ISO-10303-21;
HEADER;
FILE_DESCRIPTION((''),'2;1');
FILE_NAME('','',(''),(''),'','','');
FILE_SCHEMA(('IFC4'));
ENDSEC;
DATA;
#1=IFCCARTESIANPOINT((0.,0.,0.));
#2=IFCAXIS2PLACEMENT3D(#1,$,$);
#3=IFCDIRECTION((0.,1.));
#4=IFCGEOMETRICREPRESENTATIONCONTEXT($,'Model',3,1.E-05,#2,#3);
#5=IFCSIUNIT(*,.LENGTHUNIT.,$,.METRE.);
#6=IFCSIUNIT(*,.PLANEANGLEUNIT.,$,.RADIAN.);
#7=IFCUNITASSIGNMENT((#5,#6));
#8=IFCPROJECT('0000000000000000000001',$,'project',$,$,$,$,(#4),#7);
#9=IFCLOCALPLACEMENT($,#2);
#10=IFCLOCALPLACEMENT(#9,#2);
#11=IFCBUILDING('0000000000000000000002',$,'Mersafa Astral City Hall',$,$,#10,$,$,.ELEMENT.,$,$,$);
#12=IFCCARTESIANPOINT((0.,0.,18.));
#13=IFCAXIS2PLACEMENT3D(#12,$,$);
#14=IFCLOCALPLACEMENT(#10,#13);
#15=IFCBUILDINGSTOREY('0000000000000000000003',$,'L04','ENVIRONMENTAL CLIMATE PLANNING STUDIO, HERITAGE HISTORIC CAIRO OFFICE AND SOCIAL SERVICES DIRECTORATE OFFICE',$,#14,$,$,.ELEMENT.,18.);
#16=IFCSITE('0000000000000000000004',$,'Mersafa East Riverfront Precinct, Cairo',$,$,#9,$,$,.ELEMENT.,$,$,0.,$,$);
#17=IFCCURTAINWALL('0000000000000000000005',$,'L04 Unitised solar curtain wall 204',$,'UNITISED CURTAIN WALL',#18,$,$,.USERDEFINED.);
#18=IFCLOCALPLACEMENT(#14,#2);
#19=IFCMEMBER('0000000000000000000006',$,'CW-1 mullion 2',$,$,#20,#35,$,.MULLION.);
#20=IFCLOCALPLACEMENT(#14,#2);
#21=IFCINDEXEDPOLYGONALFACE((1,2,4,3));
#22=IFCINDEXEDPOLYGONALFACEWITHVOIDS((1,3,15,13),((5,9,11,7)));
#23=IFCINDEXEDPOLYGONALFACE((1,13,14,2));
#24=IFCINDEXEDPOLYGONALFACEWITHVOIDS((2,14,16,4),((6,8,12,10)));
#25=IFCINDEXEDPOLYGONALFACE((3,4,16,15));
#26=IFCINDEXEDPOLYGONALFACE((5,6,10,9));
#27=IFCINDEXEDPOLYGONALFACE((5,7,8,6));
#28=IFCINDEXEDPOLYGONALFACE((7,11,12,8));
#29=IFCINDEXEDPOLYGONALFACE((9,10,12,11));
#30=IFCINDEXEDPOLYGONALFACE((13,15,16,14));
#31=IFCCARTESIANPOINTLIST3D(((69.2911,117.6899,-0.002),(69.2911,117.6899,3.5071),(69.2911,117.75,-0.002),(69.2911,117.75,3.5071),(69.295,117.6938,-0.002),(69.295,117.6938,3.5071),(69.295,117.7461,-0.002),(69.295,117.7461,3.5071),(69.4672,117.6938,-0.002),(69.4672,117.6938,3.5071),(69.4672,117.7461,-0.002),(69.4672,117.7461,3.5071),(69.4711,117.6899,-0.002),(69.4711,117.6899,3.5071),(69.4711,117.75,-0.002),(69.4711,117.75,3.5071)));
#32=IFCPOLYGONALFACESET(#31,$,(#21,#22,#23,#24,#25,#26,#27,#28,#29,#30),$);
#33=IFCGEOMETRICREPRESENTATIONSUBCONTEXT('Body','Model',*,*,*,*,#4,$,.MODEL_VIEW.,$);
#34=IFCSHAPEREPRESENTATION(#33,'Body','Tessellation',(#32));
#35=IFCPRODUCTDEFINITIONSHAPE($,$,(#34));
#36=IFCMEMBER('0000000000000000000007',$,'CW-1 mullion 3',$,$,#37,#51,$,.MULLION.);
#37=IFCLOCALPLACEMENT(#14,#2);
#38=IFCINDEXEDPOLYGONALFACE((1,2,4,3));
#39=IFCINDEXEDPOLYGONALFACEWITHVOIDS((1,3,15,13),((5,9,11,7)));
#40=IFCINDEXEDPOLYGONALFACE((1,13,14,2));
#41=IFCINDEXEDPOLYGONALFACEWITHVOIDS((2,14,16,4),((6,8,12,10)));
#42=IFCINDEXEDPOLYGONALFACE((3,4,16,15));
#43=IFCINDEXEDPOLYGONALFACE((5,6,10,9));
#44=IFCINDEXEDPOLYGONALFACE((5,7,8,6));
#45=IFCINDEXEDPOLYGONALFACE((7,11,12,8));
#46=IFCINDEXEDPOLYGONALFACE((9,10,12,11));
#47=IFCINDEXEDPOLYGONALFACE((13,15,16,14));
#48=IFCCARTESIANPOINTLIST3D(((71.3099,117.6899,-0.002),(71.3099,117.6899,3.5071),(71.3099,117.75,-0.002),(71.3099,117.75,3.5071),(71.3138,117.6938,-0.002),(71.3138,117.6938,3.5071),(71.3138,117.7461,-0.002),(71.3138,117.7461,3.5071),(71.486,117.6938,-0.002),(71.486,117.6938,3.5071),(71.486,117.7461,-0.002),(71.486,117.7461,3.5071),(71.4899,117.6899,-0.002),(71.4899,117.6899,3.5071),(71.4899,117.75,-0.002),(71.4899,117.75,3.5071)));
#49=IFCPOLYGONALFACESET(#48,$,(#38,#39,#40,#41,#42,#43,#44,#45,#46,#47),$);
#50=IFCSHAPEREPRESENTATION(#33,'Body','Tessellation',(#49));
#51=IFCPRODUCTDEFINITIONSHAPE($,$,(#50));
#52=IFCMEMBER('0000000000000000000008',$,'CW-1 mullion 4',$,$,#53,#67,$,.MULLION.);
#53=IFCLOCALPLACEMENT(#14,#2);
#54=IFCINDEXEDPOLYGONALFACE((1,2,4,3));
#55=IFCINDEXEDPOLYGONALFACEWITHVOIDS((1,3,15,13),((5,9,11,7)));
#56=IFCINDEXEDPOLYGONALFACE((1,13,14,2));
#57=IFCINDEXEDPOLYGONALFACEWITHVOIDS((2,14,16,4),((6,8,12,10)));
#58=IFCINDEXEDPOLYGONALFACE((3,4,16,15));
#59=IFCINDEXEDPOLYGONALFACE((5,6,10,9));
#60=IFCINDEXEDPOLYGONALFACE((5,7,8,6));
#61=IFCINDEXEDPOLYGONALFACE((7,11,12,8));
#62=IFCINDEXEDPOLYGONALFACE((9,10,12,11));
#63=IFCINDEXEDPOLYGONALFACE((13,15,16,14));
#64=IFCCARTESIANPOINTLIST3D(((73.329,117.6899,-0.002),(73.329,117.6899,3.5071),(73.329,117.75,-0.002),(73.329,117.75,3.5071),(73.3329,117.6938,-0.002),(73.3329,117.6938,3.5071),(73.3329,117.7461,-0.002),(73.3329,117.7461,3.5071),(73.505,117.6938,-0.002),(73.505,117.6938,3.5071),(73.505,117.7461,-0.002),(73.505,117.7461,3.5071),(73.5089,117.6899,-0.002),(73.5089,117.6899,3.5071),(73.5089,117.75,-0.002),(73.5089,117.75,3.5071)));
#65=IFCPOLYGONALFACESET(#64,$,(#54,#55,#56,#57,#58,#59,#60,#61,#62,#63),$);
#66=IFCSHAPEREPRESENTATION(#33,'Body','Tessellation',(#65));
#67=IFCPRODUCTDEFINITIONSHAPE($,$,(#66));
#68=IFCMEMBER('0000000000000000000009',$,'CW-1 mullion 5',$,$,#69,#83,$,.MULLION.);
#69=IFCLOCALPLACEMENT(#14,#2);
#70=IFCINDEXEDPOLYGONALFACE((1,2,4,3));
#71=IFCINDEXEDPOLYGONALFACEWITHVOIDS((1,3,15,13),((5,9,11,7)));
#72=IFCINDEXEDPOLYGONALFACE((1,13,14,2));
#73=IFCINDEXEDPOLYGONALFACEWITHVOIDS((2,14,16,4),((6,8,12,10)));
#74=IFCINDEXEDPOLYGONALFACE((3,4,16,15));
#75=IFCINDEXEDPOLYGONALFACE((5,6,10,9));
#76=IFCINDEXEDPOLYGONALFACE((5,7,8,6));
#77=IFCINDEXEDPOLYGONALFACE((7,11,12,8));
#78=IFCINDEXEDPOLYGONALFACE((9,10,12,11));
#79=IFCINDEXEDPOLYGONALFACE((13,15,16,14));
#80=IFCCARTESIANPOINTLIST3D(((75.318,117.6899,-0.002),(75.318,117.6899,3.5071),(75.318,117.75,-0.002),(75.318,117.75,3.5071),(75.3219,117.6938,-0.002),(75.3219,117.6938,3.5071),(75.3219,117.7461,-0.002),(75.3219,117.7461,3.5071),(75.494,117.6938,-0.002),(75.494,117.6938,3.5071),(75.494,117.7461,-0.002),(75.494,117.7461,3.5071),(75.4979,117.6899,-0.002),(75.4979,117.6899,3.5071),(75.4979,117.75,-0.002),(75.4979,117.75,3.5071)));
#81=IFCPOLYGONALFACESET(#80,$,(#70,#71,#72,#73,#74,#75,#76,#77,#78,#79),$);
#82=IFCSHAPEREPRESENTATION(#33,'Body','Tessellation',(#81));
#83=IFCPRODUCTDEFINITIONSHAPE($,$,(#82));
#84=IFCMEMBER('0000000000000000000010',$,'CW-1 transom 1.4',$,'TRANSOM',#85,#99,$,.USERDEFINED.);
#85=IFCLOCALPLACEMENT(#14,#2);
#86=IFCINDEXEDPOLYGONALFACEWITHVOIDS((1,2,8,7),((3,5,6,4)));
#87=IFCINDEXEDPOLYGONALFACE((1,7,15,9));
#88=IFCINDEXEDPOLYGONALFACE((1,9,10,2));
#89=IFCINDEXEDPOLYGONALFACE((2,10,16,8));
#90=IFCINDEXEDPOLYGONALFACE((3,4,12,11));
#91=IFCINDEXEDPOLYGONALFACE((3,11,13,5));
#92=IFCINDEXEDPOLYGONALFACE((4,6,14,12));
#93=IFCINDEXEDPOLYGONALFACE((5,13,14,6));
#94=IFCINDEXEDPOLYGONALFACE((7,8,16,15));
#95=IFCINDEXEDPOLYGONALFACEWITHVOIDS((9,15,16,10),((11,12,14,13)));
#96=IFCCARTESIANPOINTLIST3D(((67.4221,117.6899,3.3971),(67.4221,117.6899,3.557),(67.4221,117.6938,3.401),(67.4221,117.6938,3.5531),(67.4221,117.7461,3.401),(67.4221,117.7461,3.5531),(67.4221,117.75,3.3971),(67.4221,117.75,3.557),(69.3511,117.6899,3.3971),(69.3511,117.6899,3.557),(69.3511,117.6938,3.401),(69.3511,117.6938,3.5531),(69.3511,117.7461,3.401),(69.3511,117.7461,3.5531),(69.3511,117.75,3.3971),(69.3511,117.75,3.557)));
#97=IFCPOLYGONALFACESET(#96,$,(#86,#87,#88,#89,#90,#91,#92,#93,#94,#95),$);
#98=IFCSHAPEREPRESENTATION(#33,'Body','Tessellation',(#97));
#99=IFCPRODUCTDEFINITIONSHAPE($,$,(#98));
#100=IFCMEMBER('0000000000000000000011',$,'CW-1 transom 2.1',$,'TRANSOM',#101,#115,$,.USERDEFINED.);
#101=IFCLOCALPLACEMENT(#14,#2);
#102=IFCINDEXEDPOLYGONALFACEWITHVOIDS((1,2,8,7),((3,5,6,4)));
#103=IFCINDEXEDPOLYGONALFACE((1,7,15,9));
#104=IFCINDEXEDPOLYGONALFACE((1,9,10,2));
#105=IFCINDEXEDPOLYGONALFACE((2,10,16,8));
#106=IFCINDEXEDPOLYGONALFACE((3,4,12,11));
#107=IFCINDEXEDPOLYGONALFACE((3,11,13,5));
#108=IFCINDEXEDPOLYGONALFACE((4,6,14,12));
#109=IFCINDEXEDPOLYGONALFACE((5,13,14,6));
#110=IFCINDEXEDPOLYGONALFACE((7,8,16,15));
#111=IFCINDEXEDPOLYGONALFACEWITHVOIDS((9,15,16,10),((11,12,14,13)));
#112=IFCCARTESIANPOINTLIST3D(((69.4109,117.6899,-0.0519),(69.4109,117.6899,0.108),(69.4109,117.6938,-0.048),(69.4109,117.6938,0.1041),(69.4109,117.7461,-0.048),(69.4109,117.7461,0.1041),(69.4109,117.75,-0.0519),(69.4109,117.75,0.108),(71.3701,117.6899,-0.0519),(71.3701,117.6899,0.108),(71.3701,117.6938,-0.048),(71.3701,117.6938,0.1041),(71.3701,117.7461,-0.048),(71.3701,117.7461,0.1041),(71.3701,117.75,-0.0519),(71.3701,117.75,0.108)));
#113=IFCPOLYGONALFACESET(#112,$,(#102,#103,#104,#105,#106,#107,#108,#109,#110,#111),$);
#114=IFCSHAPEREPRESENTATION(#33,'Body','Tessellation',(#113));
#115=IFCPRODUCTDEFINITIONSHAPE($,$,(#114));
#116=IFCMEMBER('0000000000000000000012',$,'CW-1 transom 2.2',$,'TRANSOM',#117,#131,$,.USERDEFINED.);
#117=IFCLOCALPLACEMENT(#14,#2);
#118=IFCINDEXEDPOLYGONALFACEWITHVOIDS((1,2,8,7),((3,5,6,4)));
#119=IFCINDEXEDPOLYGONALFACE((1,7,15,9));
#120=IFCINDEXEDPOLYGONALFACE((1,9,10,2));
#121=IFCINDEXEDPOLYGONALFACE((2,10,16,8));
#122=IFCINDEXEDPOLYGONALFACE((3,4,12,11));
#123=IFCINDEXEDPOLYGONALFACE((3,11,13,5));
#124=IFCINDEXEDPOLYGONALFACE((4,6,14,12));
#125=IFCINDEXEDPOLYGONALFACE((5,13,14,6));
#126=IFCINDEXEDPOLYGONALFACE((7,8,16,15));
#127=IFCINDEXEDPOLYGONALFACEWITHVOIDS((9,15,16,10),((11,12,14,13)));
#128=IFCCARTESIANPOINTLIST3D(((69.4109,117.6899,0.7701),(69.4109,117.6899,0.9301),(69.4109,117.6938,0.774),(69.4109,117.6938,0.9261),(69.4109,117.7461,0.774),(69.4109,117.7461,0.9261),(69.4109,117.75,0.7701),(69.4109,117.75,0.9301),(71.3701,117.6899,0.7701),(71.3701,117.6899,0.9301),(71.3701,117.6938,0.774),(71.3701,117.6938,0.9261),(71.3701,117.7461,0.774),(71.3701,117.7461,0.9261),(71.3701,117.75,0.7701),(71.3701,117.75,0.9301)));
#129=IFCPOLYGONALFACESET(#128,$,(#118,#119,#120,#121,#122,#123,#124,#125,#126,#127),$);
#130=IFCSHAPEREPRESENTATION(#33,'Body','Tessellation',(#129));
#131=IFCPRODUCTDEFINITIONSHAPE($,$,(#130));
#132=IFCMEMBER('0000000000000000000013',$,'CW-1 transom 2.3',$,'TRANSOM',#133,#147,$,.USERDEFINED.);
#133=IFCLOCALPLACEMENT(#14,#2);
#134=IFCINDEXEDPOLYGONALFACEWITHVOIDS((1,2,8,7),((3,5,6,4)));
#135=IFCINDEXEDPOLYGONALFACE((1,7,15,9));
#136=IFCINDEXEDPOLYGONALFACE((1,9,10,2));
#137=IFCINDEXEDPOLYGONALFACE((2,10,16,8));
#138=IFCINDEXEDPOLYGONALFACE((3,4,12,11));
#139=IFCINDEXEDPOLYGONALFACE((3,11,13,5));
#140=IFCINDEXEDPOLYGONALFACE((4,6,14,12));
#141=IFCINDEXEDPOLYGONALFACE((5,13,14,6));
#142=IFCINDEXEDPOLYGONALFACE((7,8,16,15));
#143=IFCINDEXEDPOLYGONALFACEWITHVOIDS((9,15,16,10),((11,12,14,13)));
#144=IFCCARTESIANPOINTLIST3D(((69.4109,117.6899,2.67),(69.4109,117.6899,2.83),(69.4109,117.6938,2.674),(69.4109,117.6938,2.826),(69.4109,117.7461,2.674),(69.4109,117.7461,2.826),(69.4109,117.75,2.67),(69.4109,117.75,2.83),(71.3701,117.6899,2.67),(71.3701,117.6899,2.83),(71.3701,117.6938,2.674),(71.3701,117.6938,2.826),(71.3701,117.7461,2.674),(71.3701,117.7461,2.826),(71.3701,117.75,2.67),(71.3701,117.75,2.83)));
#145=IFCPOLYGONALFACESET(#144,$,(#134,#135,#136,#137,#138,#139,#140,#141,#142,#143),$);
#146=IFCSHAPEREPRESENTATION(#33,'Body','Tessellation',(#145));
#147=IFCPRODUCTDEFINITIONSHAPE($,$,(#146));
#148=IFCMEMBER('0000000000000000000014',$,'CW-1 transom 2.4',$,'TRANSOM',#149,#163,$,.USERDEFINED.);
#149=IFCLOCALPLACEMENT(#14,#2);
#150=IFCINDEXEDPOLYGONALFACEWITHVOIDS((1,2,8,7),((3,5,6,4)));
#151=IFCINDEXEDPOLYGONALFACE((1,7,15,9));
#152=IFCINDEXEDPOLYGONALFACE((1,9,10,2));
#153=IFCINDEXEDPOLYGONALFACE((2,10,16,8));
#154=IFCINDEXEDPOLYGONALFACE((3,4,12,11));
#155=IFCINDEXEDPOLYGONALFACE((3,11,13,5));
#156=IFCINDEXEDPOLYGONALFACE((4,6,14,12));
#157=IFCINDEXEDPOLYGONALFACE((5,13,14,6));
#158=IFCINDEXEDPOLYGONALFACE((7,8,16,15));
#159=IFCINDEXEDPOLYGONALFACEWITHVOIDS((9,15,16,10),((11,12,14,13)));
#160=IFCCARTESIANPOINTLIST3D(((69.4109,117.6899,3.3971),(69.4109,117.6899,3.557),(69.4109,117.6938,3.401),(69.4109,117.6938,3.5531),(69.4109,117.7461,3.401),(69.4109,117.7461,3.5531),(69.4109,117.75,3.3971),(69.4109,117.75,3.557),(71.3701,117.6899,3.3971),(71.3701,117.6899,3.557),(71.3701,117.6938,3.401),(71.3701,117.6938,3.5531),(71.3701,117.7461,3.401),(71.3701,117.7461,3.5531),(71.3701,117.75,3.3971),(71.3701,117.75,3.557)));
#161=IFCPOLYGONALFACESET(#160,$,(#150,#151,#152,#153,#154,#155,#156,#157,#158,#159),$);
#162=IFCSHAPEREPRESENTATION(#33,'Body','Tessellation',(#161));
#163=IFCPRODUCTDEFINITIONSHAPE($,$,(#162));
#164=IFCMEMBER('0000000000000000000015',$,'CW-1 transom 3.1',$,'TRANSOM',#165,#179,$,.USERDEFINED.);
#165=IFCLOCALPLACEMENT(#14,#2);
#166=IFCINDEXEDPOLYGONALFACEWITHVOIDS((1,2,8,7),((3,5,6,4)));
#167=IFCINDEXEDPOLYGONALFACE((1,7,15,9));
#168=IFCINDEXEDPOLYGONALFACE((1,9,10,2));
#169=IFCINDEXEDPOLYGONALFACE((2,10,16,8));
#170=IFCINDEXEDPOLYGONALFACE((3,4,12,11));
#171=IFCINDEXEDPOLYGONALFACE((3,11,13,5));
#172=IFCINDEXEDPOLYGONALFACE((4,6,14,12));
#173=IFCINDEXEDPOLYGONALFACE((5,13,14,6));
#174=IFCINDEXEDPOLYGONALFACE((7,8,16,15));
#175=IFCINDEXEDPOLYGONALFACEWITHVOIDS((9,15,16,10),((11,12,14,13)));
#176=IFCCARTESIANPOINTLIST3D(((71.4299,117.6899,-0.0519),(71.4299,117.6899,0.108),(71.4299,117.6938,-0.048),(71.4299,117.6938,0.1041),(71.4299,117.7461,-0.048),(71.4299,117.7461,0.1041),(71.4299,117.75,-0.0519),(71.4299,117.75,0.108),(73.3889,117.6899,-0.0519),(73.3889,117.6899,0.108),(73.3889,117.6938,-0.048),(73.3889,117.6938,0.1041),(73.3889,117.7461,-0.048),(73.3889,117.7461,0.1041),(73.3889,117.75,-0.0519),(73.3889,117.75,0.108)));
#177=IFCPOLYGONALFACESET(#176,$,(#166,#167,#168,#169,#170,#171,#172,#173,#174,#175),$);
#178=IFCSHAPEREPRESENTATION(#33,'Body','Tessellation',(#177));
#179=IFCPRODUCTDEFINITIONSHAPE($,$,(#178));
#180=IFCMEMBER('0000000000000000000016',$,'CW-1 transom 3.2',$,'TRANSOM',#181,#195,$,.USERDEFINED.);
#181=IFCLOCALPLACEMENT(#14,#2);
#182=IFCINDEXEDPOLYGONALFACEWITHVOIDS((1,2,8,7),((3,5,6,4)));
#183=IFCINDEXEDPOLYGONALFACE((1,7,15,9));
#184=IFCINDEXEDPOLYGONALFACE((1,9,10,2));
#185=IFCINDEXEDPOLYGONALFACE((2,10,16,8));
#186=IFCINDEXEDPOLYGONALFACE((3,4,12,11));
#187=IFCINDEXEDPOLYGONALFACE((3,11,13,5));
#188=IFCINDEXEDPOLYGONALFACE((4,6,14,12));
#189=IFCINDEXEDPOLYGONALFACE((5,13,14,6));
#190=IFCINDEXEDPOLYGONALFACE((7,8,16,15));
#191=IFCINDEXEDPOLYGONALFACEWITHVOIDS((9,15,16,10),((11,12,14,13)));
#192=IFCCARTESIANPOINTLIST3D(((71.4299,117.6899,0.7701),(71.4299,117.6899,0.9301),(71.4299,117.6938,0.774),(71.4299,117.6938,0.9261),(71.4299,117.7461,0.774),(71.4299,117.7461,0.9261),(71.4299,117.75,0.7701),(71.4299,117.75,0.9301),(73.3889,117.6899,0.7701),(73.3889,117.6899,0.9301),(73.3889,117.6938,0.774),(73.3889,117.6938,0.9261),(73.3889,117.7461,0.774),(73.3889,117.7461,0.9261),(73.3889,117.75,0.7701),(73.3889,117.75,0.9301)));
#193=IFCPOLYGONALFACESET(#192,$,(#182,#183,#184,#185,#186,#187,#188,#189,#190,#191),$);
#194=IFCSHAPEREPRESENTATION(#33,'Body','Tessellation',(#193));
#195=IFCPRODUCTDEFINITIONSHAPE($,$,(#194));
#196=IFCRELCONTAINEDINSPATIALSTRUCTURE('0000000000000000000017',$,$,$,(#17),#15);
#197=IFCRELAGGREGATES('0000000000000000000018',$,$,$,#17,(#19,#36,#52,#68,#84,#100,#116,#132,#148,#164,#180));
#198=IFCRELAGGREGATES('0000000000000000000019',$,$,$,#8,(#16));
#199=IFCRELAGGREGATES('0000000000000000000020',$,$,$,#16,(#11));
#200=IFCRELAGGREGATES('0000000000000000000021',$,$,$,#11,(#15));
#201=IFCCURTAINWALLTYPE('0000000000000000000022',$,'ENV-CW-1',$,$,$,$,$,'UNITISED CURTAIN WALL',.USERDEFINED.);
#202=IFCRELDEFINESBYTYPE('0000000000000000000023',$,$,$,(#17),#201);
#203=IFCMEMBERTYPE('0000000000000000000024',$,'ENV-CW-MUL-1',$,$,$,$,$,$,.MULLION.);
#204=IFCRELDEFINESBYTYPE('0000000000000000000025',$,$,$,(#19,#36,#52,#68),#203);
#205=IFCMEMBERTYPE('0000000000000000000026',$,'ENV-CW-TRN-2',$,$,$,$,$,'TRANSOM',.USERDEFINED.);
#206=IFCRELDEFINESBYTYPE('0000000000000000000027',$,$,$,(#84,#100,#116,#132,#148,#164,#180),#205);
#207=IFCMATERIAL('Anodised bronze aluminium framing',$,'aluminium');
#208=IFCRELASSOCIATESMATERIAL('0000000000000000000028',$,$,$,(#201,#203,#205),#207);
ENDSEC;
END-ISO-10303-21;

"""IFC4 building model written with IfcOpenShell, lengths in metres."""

from ifc_helpers import new_model, si_unit, direction, frame, origin, origin_2d, place, context, subcontext, project, spatial, hollow_rectangle, extrude, material, material_profile, profile_set, type_object, element, aggregate, save


model = new_model("IFC4")

# Units and contexts
model_context = context("Model", 3, precision=1e-05, world=origin(), true_north=direction((0.0, 1.0)))
body_context = subcontext(model_context, "Body", "Model", "MODEL_VIEW")
ifc_project = project(units=[si_unit("LENGTHUNIT", "METRE"), si_unit("PLANEANGLEUNIT", "RADIAN")], contexts=[model_context])

# Site, building, storey
site_placement = place(None, origin())
site = spatial("IfcSite", under=ifc_project, at=site_placement, Name="Mersafa East Riverfront Precinct, Cairo", CompositionType="ELEMENT", RefElevation=0.0)
building_placement = place(site_placement, origin())
building = spatial("IfcBuilding", under=site, at=building_placement, Name="Mersafa Astral City Hall", CompositionType="ELEMENT")
storey_placement = place(building_placement, frame((0.0, 0.0, 18.0)))
storey = spatial("IfcBuildingStorey", under=building, at=storey_placement, Name="L04", Description="ENVIRONMENTAL CLIMATE PLANNING STUDIO, HERITAGE HISTORIC CAIRO OFFICE AND SOCIAL SERVICES DIRECTORATE OFFICE", CompositionType="ELEMENT", Elevation=18.0)

# Curtain wall, members
ifc_material_1 = material(Name="Anodised bronze aluminium framing", Category="aluminium")
curtain_wall_type = type_object("IfcCurtainWallType", Name="ENV-CW-1", ElementType="UNITISED CURTAIN WALL", PredefinedType="USERDEFINED", material=ifc_material_1)
curtain_wall_placement = place(storey_placement, origin())
curtain_wall = element("IfcCurtainWall", 1, at=curtain_wall_placement, inside=storey, type_object=curtain_wall_type, Name="L04 Unitised solar curtain wall 204", ObjectType="UNITISED CURTAIN WALL", PredefinedType="USERDEFINED")
ifc_material_profile_1 = material_profile(ifc_material_1, hollow_rectangle(XDim=0.0601, YDim=0.1799, WallThickness=0.0039, at=origin_2d()), Name="RHS 60x180x4")
ifc_profile_set_1 = profile_set([ifc_material_profile_1], Name="Anodised bronze aluminium framing")
member_type_1 = type_object("IfcMemberType", Name="ENV-CW-MUL-1", PredefinedType="MULLION", material=ifc_profile_set_1)
member_1_placement = place(storey_placement, frame((69.3811, 117.72, -0.002), z_axis=(0.0, 0.0, 1.0), x_axis=(0.0, 1.0, 0.0)))
member_1 = element("IfcMember", 2, at=member_1_placement, type_object=member_type_1, Name="CW-1 mullion 2", PredefinedType="MULLION", context=body_context, shape_type="SweptSolid", body=[
    extrude(hollow_rectangle(XDim=0.0601, YDim=0.1799, WallThickness=0.0039, at=origin_2d()), origin(), (0.0, 0.0, 1.0), 3.509),
])
member_2_placement = place(storey_placement, frame((71.3999, 117.72, -0.002), z_axis=(0.0, 0.0, 1.0), x_axis=(0.0, 1.0, 0.0)))
member_2 = element("IfcMember", 3, at=member_2_placement, type_object=member_type_1, Name="CW-1 mullion 3", PredefinedType="MULLION", context=body_context, shape_type="SweptSolid", body=[
    extrude(hollow_rectangle(XDim=0.0601, YDim=0.1799, WallThickness=0.0039, at=origin_2d()), origin(), (0.0, 0.0, 1.0), 3.509),
])
member_3_placement = place(storey_placement, frame((73.4189, 117.72, -0.002), z_axis=(0.0, 0.0, 1.0), x_axis=(0.0, 1.0, 0.0)))
member_3 = element("IfcMember", 4, at=member_3_placement, type_object=member_type_1, Name="CW-1 mullion 4", PredefinedType="MULLION", context=body_context, shape_type="SweptSolid", body=[
    extrude(hollow_rectangle(XDim=0.0601, YDim=0.1799, WallThickness=0.0039, at=origin_2d()), origin(), (0.0, 0.0, 1.0), 3.509),
])
member_4_placement = place(storey_placement, frame((75.408, 117.72, -0.002), z_axis=(0.0, 0.0, 1.0), x_axis=(0.0, 1.0, 0.0)))
member_4 = element("IfcMember", 5, at=member_4_placement, type_object=member_type_1, Name="CW-1 mullion 5", PredefinedType="MULLION", context=body_context, shape_type="SweptSolid", body=[
    extrude(hollow_rectangle(XDim=0.0601, YDim=0.1799, WallThickness=0.0039, at=origin_2d()), origin(), (0.0, 0.0, 1.0), 3.509),
])
ifc_material_profile_2 = material_profile(ifc_material_1, hollow_rectangle(XDim=0.0601, YDim=0.1599, WallThickness=0.0039, at=origin_2d()), Name="RHS 60x160x4")
ifc_profile_set_2 = profile_set([ifc_material_profile_2], Name="Anodised bronze aluminium framing")
member_type_2 = type_object("IfcMemberType", Name="ENV-CW-TRN-2", ElementType="TRANSOM", PredefinedType="USERDEFINED", material=ifc_profile_set_2)
member_5_placement = place(storey_placement, frame((67.4221, 117.72, 3.4771), z_axis=(1.0, 0.0, 0.0), x_axis=(0.0, 1.0, 0.0)))
member_5 = element("IfcMember", 6, at=member_5_placement, type_object=member_type_2, Name="CW-1 transom 1.4", ObjectType="TRANSOM", PredefinedType="USERDEFINED", context=body_context, shape_type="SweptSolid", body=[
    extrude(hollow_rectangle(XDim=0.0601, YDim=0.1599, WallThickness=0.0039, at=origin_2d()), origin(), (0.0, 0.0, 1.0), 1.929),
])
member_6_placement = place(storey_placement, frame((69.4109, 117.72, 0.0281), z_axis=(1.0, 0.0, 0.0), x_axis=(0.0, 1.0, 0.0)))
member_6 = element("IfcMember", 7, at=member_6_placement, type_object=member_type_2, Name="CW-1 transom 2.1", ObjectType="TRANSOM", PredefinedType="USERDEFINED", context=body_context, shape_type="SweptSolid", body=[
    extrude(hollow_rectangle(XDim=0.0601, YDim=0.1599, WallThickness=0.0039, at=origin_2d()), origin(), (0.0, 0.0, 1.0), 1.9592),
])
member_7_placement = place(storey_placement, frame((69.4109, 117.72, 0.8501), z_axis=(1.0, 0.0, 0.0), x_axis=(0.0, 1.0, 0.0)))
member_7 = element("IfcMember", 8, at=member_7_placement, type_object=member_type_2, Name="CW-1 transom 2.2", ObjectType="TRANSOM", PredefinedType="USERDEFINED", context=body_context, shape_type="SweptSolid", body=[
    extrude(hollow_rectangle(XDim=0.0601, YDim=0.1599, WallThickness=0.0039, at=origin_2d()), origin(), (0.0, 0.0, 1.0), 1.9592),
])
member_8_placement = place(storey_placement, frame((69.4109, 117.72, 2.75), z_axis=(1.0, 0.0, 0.0), x_axis=(0.0, 1.0, 0.0)))
member_8 = element("IfcMember", 9, at=member_8_placement, type_object=member_type_2, Name="CW-1 transom 2.3", ObjectType="TRANSOM", PredefinedType="USERDEFINED", context=body_context, shape_type="SweptSolid", body=[
    extrude(hollow_rectangle(XDim=0.0601, YDim=0.1599, WallThickness=0.0039, at=origin_2d()), origin(), (0.0, 0.0, 1.0), 1.9592),
])
member_9_placement = place(storey_placement, frame((69.4109, 117.72, 3.4771), z_axis=(1.0, 0.0, 0.0), x_axis=(0.0, 1.0, 0.0)))
member_9 = element("IfcMember", 10, at=member_9_placement, type_object=member_type_2, Name="CW-1 transom 2.4", ObjectType="TRANSOM", PredefinedType="USERDEFINED", context=body_context, shape_type="SweptSolid", body=[
    extrude(hollow_rectangle(XDim=0.0601, YDim=0.1599, WallThickness=0.0039, at=origin_2d()), origin(), (0.0, 0.0, 1.0), 1.9592),
])
member_10_placement = place(storey_placement, frame((71.4299, 117.72, 0.0281), z_axis=(1.0, 0.0, 0.0), x_axis=(0.0, 1.0, 0.0)))
member_10 = element("IfcMember", 11, at=member_10_placement, type_object=member_type_2, Name="CW-1 transom 3.1", ObjectType="TRANSOM", PredefinedType="USERDEFINED", context=body_context, shape_type="SweptSolid", body=[
    extrude(hollow_rectangle(XDim=0.0601, YDim=0.1599, WallThickness=0.0039, at=origin_2d()), origin(), (0.0, 0.0, 1.0), 1.959),
])
member_11_placement = place(storey_placement, frame((71.4299, 117.72, 0.8501), z_axis=(1.0, 0.0, 0.0), x_axis=(0.0, 1.0, 0.0)))
member_11 = element("IfcMember", 12, at=member_11_placement, type_object=member_type_2, Name="CW-1 transom 3.2", ObjectType="TRANSOM", PredefinedType="USERDEFINED", context=body_context, shape_type="SweptSolid", body=[
    extrude(hollow_rectangle(XDim=0.0601, YDim=0.1599, WallThickness=0.0039, at=origin_2d()), origin(), (0.0, 0.0, 1.0), 1.959),
])

aggregate(curtain_wall, [member_1, member_2, member_3, member_4, member_5, member_6, member_7, member_8, member_9, member_10, member_11])

save(model, "model.ifc")
